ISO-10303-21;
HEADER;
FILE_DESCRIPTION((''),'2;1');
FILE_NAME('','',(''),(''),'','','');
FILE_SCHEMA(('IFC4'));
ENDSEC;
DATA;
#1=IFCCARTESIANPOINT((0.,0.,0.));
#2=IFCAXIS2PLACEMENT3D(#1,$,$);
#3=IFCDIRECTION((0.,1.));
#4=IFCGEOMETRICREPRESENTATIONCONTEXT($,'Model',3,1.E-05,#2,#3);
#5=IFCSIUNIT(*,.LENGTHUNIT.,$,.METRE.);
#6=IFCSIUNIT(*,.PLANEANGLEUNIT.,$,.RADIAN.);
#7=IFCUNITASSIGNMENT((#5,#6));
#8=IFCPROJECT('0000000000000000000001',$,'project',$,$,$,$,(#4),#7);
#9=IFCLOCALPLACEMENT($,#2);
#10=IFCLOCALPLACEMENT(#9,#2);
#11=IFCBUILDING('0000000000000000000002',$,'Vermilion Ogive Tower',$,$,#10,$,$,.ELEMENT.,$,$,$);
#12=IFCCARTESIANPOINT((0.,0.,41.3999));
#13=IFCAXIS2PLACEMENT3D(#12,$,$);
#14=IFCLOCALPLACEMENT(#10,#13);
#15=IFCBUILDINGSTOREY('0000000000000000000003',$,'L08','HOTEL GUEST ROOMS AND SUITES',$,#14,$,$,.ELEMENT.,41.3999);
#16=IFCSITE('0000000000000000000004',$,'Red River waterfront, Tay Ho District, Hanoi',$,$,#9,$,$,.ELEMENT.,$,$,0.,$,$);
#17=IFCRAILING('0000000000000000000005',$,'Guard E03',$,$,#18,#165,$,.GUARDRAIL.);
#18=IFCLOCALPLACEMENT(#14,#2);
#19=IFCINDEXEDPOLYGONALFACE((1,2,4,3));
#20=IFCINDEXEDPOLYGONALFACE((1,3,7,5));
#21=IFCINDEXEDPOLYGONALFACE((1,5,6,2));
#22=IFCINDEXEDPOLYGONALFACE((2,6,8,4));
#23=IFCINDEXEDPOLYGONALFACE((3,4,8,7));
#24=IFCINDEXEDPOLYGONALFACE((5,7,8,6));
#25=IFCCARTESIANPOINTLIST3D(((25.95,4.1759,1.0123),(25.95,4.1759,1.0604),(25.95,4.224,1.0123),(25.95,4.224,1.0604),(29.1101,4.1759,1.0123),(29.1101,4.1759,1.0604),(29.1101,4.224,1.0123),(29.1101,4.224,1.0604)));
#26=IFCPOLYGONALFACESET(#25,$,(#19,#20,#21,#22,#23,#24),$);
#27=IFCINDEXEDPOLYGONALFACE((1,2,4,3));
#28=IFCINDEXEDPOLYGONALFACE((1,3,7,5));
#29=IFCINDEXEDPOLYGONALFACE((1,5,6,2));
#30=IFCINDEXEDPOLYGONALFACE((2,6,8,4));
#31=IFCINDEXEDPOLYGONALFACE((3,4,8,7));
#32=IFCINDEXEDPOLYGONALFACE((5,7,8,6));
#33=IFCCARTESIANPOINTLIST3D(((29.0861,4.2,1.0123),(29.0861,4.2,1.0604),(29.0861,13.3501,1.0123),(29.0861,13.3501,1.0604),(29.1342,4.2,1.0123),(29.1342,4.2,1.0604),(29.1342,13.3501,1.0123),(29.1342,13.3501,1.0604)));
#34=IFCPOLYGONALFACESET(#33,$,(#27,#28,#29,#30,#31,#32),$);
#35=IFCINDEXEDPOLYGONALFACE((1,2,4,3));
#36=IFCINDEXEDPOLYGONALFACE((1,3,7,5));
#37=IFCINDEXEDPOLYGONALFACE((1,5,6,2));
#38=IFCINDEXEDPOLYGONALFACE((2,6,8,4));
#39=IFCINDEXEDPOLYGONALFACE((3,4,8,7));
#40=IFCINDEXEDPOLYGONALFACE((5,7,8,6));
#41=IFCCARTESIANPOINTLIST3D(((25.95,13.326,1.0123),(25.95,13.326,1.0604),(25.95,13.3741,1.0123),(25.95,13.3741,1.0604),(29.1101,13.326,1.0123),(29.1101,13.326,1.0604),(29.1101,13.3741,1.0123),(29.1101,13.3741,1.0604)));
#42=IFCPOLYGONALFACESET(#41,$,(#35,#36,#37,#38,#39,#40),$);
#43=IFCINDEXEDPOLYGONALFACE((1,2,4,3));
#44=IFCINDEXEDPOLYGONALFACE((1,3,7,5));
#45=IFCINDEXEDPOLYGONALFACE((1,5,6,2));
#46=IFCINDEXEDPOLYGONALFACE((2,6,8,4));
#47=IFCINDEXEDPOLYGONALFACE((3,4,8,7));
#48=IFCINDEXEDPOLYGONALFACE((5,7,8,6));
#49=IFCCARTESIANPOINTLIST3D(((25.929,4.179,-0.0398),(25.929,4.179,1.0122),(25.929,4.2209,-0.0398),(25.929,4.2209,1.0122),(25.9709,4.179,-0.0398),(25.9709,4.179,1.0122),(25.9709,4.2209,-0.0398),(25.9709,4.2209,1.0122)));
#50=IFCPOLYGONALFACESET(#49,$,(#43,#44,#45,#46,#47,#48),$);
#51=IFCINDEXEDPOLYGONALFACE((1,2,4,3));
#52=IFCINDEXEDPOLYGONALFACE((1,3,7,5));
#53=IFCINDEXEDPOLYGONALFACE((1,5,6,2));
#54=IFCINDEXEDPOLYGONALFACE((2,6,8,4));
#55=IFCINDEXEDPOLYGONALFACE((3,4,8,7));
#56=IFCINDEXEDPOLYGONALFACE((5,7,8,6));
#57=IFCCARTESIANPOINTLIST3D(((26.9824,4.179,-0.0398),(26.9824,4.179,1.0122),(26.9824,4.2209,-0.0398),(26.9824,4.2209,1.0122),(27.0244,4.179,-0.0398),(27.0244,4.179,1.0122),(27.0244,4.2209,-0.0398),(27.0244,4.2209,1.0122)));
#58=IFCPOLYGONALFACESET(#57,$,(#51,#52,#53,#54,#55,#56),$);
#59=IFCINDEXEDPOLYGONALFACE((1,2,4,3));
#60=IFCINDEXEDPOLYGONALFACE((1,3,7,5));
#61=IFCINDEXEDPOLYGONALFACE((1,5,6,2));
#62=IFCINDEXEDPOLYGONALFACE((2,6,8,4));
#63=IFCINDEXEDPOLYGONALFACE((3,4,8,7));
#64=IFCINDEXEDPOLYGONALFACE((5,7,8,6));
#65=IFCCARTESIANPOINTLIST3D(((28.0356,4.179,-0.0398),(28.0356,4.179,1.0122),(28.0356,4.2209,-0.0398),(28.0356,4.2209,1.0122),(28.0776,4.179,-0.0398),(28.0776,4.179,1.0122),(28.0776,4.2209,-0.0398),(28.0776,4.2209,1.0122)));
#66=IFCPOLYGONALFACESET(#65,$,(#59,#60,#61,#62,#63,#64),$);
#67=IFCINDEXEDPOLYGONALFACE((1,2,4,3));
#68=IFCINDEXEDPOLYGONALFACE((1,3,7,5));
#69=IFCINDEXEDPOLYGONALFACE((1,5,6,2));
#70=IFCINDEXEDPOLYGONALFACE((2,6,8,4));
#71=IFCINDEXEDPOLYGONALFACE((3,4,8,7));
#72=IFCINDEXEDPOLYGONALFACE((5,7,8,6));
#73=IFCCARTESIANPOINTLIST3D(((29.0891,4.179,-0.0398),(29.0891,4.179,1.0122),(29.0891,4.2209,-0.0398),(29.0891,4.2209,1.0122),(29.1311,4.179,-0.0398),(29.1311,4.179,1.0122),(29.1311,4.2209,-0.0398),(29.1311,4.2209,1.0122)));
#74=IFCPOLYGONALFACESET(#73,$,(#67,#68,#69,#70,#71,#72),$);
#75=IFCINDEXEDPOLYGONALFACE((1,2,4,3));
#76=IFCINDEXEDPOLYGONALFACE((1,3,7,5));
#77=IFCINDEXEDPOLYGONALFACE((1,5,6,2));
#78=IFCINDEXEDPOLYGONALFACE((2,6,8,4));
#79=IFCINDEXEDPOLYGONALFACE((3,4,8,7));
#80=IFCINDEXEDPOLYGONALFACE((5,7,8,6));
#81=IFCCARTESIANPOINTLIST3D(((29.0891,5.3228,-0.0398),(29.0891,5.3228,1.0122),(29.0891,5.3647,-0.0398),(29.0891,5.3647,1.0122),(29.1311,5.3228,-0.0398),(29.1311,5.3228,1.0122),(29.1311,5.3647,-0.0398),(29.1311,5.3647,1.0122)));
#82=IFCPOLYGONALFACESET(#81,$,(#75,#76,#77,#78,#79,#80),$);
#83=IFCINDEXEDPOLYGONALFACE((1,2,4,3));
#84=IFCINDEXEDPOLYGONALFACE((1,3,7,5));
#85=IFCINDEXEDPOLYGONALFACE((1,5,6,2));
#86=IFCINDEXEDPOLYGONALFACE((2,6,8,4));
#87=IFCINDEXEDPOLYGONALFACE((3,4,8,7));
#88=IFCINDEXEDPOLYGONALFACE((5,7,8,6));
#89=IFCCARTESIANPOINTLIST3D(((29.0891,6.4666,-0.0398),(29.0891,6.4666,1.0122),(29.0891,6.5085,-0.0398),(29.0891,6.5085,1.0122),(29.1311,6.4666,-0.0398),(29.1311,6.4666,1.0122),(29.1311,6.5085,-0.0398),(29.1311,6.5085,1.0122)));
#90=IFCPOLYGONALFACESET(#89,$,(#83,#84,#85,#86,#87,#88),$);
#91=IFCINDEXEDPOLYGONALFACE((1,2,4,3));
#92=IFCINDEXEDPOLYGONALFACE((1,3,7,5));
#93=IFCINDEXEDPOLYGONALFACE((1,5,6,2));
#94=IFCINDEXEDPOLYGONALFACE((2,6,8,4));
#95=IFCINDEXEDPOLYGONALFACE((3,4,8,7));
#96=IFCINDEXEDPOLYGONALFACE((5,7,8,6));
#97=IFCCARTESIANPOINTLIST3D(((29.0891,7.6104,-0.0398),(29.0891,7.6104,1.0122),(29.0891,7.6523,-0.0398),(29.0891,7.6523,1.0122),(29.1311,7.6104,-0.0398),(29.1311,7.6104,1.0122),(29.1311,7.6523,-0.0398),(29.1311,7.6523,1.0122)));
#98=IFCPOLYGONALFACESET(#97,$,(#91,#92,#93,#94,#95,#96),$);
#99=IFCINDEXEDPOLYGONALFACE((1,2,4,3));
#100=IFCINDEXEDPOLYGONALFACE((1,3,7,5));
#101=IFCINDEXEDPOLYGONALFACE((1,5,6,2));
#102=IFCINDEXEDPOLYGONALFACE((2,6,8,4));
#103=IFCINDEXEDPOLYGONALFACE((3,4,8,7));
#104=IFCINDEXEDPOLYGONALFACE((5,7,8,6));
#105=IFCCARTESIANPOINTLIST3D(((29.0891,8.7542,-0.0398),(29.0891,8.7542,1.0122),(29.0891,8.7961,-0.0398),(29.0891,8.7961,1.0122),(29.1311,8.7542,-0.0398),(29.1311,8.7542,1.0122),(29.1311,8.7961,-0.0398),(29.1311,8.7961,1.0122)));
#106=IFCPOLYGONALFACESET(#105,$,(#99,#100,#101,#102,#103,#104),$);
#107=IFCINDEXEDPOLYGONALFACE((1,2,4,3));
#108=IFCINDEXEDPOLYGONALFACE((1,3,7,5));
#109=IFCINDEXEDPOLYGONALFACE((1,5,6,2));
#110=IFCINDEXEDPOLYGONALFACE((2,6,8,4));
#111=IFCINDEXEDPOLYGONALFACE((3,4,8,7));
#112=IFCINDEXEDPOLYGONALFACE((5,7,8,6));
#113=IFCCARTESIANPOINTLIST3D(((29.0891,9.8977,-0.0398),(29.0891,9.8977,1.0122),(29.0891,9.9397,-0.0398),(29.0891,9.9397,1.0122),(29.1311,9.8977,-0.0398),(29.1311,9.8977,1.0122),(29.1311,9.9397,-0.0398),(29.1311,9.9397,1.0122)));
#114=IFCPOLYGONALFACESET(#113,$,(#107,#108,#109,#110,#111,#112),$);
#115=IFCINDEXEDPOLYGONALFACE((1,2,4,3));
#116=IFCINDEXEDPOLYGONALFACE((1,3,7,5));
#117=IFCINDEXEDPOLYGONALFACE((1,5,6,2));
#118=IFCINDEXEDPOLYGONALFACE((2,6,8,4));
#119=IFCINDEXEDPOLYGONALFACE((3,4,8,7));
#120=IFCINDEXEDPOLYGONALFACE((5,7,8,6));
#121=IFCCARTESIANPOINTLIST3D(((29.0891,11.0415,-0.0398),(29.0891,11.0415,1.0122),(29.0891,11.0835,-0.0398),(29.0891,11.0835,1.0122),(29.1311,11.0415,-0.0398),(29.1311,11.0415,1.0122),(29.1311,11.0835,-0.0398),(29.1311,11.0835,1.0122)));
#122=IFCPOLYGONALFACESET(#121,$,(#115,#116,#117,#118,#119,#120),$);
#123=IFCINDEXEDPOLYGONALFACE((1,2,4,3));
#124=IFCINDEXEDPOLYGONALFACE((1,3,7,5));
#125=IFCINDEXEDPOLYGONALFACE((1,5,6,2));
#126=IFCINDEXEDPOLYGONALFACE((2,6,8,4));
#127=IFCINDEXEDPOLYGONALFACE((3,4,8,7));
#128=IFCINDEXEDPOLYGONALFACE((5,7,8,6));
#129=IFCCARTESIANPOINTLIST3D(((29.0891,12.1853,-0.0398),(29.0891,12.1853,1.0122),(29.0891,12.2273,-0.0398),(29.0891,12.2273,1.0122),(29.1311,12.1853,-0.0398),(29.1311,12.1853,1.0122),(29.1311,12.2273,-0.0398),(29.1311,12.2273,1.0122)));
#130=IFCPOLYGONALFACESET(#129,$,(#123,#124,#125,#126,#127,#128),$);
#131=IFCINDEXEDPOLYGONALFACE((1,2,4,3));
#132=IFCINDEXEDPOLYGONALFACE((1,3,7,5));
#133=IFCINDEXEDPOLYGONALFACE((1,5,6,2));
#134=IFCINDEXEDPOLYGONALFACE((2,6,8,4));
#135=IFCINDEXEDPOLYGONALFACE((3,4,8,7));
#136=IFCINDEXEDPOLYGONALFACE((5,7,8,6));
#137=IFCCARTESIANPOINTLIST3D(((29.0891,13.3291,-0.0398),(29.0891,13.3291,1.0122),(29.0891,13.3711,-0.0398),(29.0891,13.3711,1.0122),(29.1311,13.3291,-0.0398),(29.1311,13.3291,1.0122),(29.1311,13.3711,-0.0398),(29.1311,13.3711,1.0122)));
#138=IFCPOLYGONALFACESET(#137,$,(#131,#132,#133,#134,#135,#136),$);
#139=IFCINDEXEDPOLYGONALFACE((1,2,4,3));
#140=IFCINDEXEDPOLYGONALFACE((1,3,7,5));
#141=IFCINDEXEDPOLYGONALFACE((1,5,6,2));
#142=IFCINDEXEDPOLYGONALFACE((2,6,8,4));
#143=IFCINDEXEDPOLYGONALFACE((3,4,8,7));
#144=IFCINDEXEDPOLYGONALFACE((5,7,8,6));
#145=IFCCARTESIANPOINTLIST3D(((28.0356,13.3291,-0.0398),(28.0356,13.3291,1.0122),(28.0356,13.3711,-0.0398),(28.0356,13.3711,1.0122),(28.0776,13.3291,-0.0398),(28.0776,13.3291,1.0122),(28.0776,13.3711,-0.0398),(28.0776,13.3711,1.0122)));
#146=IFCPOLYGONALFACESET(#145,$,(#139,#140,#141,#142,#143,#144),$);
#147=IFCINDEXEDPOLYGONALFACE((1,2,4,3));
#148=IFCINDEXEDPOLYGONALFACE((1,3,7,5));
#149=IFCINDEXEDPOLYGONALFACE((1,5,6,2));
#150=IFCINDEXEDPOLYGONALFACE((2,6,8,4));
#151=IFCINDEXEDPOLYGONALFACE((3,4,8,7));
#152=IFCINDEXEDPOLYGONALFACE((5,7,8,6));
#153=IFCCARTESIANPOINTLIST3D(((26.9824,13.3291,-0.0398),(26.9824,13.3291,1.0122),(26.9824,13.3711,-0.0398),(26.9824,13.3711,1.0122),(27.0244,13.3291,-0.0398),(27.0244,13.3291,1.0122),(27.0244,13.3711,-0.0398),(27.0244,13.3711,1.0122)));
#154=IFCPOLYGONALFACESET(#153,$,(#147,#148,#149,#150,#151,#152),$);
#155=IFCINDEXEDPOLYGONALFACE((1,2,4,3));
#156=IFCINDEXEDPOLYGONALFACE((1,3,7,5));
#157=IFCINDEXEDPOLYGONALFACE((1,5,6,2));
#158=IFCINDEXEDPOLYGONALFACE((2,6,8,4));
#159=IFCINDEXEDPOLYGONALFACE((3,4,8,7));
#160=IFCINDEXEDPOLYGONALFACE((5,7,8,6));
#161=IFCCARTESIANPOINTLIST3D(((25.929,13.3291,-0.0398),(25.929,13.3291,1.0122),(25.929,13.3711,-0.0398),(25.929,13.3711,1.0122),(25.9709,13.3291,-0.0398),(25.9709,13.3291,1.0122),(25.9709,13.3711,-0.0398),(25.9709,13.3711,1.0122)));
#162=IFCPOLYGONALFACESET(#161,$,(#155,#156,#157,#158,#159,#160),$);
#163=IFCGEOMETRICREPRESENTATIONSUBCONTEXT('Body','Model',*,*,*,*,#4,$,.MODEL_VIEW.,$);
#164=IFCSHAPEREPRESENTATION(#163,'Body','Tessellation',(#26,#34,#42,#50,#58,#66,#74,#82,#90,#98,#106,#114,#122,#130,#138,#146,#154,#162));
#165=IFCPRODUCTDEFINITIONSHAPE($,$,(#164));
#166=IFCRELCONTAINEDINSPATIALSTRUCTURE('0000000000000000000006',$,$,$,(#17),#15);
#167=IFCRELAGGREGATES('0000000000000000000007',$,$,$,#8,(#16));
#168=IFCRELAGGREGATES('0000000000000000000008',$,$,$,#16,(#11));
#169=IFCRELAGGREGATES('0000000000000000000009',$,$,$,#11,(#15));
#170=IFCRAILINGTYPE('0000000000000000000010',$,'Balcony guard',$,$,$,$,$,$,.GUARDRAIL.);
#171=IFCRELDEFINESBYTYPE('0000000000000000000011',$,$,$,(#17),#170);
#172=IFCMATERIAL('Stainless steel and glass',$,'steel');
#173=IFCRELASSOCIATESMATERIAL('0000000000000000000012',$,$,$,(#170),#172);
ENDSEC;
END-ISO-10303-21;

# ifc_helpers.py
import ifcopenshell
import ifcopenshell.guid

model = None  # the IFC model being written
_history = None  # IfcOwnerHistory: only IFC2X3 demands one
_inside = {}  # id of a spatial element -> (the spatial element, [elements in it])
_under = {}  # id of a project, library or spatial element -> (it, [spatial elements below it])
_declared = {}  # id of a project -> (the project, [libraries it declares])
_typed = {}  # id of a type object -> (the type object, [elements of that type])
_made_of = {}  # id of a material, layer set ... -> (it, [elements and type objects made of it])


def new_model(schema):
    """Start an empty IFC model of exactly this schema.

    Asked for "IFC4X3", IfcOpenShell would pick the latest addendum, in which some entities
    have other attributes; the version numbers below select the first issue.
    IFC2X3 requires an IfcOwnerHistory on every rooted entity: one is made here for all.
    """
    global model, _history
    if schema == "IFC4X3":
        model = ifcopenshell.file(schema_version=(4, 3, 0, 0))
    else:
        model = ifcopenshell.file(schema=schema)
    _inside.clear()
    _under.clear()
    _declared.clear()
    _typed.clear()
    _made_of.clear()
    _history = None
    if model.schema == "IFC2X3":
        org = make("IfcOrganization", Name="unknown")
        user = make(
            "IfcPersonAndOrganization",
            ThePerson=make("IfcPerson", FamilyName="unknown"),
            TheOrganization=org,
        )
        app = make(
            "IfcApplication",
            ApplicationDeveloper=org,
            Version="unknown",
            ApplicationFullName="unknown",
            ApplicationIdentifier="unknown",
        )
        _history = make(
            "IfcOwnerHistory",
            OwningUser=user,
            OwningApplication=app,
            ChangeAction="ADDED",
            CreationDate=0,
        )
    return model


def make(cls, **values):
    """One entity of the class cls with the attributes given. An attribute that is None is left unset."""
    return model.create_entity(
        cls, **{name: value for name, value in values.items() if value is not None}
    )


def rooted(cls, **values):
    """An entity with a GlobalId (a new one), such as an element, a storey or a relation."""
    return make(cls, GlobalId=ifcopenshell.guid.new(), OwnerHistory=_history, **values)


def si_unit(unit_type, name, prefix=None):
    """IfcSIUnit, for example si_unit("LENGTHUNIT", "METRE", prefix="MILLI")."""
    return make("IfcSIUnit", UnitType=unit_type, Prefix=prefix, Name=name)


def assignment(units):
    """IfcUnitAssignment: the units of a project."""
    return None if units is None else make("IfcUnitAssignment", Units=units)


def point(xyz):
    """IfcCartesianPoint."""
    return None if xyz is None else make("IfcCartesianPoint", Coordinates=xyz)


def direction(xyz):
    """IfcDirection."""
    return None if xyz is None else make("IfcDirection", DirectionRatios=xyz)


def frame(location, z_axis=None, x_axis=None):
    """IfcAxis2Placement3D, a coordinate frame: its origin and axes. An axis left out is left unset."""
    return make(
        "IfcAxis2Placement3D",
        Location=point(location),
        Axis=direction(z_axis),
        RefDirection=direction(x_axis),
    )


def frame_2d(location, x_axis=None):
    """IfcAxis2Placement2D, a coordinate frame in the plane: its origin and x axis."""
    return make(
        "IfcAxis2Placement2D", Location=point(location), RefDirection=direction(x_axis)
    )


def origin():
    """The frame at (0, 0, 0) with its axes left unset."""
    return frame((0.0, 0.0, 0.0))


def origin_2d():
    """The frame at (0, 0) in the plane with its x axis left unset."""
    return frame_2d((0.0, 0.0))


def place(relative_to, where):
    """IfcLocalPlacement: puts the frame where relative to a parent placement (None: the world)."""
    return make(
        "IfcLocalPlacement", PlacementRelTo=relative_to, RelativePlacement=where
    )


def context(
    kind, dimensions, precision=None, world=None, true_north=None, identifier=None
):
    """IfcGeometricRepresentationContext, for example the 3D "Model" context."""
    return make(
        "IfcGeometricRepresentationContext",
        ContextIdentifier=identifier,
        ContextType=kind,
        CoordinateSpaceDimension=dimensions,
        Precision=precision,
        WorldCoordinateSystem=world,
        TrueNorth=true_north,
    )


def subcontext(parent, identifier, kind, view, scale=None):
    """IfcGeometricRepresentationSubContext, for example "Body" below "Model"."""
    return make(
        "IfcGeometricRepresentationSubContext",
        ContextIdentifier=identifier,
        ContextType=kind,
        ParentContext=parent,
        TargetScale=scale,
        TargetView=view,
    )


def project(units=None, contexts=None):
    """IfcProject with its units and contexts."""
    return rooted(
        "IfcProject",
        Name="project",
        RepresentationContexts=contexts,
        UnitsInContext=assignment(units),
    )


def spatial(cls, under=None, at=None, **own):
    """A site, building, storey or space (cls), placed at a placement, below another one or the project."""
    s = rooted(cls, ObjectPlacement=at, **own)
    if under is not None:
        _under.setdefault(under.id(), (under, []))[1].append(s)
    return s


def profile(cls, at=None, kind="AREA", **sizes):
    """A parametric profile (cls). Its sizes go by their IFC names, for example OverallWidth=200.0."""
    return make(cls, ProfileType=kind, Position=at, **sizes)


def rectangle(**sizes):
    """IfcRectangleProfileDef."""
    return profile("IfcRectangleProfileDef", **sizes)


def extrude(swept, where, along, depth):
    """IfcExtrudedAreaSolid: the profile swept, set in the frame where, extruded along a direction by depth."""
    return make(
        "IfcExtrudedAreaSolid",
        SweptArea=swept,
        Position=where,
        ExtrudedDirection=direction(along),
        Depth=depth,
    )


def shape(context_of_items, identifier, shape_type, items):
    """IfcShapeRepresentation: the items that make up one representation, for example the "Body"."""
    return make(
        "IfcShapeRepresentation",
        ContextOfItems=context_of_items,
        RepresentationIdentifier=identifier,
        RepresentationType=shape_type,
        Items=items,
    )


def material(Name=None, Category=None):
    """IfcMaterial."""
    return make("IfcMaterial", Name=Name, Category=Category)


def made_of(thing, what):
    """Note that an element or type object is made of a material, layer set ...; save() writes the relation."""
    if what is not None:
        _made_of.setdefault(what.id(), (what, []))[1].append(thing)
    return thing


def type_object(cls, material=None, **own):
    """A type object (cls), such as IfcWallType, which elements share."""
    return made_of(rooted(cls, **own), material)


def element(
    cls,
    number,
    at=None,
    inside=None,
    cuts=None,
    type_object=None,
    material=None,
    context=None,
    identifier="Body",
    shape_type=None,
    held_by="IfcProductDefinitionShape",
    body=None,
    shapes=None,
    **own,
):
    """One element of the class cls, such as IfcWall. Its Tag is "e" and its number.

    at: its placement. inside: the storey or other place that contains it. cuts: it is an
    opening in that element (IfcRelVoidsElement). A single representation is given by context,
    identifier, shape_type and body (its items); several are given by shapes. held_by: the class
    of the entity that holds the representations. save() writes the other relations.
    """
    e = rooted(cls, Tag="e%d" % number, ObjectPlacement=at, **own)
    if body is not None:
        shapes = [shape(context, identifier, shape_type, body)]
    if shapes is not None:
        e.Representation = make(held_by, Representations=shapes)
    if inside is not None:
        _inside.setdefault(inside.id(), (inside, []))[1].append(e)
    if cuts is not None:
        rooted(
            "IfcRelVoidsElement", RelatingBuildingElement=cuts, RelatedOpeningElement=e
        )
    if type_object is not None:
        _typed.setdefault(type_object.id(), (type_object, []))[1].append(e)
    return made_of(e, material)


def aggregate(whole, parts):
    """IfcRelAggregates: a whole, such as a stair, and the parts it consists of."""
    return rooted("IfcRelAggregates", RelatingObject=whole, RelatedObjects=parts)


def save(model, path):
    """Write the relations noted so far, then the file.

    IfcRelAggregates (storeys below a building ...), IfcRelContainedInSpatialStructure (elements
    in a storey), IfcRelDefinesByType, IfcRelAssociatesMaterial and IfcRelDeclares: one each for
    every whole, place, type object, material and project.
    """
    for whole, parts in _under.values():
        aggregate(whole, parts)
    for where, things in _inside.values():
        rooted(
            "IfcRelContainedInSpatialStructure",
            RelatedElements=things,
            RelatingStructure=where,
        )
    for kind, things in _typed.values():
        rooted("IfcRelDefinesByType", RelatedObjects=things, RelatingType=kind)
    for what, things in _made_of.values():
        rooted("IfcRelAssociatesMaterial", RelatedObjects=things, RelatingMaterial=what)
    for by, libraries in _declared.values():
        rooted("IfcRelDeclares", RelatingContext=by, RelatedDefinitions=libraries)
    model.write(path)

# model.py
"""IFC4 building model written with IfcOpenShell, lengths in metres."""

from ifc_helpers import new_model, si_unit, direction, frame, origin, origin_2d, place, context, subcontext, project, spatial, rectangle, extrude, material, type_object, element, save


model = new_model("IFC4")

# Units and contexts
model_context = context("Model", 3, precision=1e-05, world=origin(), true_north=direction((0.0, 1.0)))
body_context = subcontext(model_context, "Body", "Model", "MODEL_VIEW")
ifc_project = project(units=[si_unit("LENGTHUNIT", "METRE"), si_unit("PLANEANGLEUNIT", "RADIAN")], contexts=[model_context])

# Site, building, storey
site_placement = place(None, origin())
site = spatial("IfcSite", under=ifc_project, at=site_placement, Name="Red River waterfront, Tay Ho District, Hanoi", CompositionType="ELEMENT", RefElevation=0.0)
building_placement = place(site_placement, origin())
building = spatial("IfcBuilding", under=site, at=building_placement, Name="Vermilion Ogive Tower", CompositionType="ELEMENT")
storey_placement = place(building_placement, frame((0.0, 0.0, 41.3999)))
storey = spatial("IfcBuildingStorey", under=building, at=storey_placement, Name="L08", Description="HOTEL GUEST ROOMS AND SUITES", CompositionType="ELEMENT", Elevation=41.3999)

# Railing
ifc_material_1 = material(Name="Stainless steel and glass", Category="steel")
railing_type_1 = type_object("IfcRailingType", Name="Balcony guard", PredefinedType="GUARDRAIL", material=ifc_material_1)
railing_1_placement = place(storey_placement, frame((25.95, 4.2, -0.0398)))
element("IfcRailing", 1, at=railing_1_placement, inside=storey, type_object=railing_type_1, Name="Guard E03", PredefinedType="GUARDRAIL", context=body_context, shape_type="SweptSolid", body=[
    extrude(rectangle(XDim=0.0481, YDim=0.0481, at=origin_2d()), frame((0.0, 0.0, 1.0762), z_axis=(1.0, 0.0, 0.0), x_axis=(0.0, 1.0, 0.0)), (0.0, 0.0, 1.0), 3.1602),
    extrude(rectangle(XDim=0.0481, YDim=0.0481, at=origin_2d()), frame((3.1602, 0.0, 1.0762), z_axis=(0.0, 1.0, 0.0), x_axis=(-1.0, 0.0, 0.0)), (0.0, 0.0, 1.0), 9.1501),
    extrude(rectangle(XDim=0.0481, YDim=0.0481, at=origin_2d()), frame((3.1602, 9.1501, 1.0762), z_axis=(-1.0, 0.0, 0.0), x_axis=(0.0, -1.0, 0.0)), (0.0, 0.0, 1.0), 3.1602),
    extrude(rectangle(XDim=0.042, YDim=0.042, at=origin_2d()), origin(), (0.0, 0.0, 1.0), 1.052),
    extrude(rectangle(XDim=0.042, YDim=0.042, at=origin_2d()), frame((1.0535, 0.0, 0.0)), (0.0, 0.0, 1.0), 1.052),
    extrude(rectangle(XDim=0.042, YDim=0.042, at=origin_2d()), frame((2.1067, 0.0, 0.0)), (0.0, 0.0, 1.0), 1.052),
    extrude(rectangle(XDim=0.042, YDim=0.042, at=origin_2d()), frame((3.1602, 0.0, 0.0)), (0.0, 0.0, 1.0), 1.052),
    extrude(rectangle(XDim=0.042, YDim=0.042, at=origin_2d()), frame((3.1602, 1.1438, 0.0)), (0.0, 0.0, 1.0), 1.052),
    extrude(rectangle(XDim=0.042, YDim=0.042, at=origin_2d()), frame((3.1602, 2.2876, 0.0)), (0.0, 0.0, 1.0), 1.052),
    extrude(rectangle(XDim=0.042, YDim=0.042, at=origin_2d()), frame((3.1602, 3.4314, 0.0)), (0.0, 0.0, 1.0), 1.052),
    extrude(rectangle(XDim=0.042, YDim=0.042, at=origin_2d()), frame((3.1602, 4.5752, 0.0)), (0.0, 0.0, 1.0), 1.052),
    extrude(rectangle(XDim=0.042, YDim=0.042, at=origin_2d()), frame((3.1602, 5.7188, 0.0)), (0.0, 0.0, 1.0), 1.052),
    extrude(rectangle(XDim=0.042, YDim=0.042, at=origin_2d()), frame((3.1602, 6.8625, 0.0)), (0.0, 0.0, 1.0), 1.052),
    extrude(rectangle(XDim=0.042, YDim=0.042, at=origin_2d()), frame((3.1602, 8.0063, 0.0)), (0.0, 0.0, 1.0), 1.052),
    extrude(rectangle(XDim=0.042, YDim=0.042, at=origin_2d()), frame((3.1602, 9.1501, 0.0)), (0.0, 0.0, 1.0), 1.052),
    extrude(rectangle(XDim=0.042, YDim=0.042, at=origin_2d()), frame((2.1067, 9.1501, 0.0)), (0.0, 0.0, 1.0), 1.052),
    extrude(rectangle(XDim=0.042, YDim=0.042, at=origin_2d()), frame((1.0535, 9.1501, 0.0)), (0.0, 0.0, 1.0), 1.052),
    extrude(rectangle(XDim=0.042, YDim=0.042, at=origin_2d()), frame((0.0, 9.1501, 0.0)), (0.0, 0.0, 1.0), 1.052),
])

save(model, "model.ifc")
